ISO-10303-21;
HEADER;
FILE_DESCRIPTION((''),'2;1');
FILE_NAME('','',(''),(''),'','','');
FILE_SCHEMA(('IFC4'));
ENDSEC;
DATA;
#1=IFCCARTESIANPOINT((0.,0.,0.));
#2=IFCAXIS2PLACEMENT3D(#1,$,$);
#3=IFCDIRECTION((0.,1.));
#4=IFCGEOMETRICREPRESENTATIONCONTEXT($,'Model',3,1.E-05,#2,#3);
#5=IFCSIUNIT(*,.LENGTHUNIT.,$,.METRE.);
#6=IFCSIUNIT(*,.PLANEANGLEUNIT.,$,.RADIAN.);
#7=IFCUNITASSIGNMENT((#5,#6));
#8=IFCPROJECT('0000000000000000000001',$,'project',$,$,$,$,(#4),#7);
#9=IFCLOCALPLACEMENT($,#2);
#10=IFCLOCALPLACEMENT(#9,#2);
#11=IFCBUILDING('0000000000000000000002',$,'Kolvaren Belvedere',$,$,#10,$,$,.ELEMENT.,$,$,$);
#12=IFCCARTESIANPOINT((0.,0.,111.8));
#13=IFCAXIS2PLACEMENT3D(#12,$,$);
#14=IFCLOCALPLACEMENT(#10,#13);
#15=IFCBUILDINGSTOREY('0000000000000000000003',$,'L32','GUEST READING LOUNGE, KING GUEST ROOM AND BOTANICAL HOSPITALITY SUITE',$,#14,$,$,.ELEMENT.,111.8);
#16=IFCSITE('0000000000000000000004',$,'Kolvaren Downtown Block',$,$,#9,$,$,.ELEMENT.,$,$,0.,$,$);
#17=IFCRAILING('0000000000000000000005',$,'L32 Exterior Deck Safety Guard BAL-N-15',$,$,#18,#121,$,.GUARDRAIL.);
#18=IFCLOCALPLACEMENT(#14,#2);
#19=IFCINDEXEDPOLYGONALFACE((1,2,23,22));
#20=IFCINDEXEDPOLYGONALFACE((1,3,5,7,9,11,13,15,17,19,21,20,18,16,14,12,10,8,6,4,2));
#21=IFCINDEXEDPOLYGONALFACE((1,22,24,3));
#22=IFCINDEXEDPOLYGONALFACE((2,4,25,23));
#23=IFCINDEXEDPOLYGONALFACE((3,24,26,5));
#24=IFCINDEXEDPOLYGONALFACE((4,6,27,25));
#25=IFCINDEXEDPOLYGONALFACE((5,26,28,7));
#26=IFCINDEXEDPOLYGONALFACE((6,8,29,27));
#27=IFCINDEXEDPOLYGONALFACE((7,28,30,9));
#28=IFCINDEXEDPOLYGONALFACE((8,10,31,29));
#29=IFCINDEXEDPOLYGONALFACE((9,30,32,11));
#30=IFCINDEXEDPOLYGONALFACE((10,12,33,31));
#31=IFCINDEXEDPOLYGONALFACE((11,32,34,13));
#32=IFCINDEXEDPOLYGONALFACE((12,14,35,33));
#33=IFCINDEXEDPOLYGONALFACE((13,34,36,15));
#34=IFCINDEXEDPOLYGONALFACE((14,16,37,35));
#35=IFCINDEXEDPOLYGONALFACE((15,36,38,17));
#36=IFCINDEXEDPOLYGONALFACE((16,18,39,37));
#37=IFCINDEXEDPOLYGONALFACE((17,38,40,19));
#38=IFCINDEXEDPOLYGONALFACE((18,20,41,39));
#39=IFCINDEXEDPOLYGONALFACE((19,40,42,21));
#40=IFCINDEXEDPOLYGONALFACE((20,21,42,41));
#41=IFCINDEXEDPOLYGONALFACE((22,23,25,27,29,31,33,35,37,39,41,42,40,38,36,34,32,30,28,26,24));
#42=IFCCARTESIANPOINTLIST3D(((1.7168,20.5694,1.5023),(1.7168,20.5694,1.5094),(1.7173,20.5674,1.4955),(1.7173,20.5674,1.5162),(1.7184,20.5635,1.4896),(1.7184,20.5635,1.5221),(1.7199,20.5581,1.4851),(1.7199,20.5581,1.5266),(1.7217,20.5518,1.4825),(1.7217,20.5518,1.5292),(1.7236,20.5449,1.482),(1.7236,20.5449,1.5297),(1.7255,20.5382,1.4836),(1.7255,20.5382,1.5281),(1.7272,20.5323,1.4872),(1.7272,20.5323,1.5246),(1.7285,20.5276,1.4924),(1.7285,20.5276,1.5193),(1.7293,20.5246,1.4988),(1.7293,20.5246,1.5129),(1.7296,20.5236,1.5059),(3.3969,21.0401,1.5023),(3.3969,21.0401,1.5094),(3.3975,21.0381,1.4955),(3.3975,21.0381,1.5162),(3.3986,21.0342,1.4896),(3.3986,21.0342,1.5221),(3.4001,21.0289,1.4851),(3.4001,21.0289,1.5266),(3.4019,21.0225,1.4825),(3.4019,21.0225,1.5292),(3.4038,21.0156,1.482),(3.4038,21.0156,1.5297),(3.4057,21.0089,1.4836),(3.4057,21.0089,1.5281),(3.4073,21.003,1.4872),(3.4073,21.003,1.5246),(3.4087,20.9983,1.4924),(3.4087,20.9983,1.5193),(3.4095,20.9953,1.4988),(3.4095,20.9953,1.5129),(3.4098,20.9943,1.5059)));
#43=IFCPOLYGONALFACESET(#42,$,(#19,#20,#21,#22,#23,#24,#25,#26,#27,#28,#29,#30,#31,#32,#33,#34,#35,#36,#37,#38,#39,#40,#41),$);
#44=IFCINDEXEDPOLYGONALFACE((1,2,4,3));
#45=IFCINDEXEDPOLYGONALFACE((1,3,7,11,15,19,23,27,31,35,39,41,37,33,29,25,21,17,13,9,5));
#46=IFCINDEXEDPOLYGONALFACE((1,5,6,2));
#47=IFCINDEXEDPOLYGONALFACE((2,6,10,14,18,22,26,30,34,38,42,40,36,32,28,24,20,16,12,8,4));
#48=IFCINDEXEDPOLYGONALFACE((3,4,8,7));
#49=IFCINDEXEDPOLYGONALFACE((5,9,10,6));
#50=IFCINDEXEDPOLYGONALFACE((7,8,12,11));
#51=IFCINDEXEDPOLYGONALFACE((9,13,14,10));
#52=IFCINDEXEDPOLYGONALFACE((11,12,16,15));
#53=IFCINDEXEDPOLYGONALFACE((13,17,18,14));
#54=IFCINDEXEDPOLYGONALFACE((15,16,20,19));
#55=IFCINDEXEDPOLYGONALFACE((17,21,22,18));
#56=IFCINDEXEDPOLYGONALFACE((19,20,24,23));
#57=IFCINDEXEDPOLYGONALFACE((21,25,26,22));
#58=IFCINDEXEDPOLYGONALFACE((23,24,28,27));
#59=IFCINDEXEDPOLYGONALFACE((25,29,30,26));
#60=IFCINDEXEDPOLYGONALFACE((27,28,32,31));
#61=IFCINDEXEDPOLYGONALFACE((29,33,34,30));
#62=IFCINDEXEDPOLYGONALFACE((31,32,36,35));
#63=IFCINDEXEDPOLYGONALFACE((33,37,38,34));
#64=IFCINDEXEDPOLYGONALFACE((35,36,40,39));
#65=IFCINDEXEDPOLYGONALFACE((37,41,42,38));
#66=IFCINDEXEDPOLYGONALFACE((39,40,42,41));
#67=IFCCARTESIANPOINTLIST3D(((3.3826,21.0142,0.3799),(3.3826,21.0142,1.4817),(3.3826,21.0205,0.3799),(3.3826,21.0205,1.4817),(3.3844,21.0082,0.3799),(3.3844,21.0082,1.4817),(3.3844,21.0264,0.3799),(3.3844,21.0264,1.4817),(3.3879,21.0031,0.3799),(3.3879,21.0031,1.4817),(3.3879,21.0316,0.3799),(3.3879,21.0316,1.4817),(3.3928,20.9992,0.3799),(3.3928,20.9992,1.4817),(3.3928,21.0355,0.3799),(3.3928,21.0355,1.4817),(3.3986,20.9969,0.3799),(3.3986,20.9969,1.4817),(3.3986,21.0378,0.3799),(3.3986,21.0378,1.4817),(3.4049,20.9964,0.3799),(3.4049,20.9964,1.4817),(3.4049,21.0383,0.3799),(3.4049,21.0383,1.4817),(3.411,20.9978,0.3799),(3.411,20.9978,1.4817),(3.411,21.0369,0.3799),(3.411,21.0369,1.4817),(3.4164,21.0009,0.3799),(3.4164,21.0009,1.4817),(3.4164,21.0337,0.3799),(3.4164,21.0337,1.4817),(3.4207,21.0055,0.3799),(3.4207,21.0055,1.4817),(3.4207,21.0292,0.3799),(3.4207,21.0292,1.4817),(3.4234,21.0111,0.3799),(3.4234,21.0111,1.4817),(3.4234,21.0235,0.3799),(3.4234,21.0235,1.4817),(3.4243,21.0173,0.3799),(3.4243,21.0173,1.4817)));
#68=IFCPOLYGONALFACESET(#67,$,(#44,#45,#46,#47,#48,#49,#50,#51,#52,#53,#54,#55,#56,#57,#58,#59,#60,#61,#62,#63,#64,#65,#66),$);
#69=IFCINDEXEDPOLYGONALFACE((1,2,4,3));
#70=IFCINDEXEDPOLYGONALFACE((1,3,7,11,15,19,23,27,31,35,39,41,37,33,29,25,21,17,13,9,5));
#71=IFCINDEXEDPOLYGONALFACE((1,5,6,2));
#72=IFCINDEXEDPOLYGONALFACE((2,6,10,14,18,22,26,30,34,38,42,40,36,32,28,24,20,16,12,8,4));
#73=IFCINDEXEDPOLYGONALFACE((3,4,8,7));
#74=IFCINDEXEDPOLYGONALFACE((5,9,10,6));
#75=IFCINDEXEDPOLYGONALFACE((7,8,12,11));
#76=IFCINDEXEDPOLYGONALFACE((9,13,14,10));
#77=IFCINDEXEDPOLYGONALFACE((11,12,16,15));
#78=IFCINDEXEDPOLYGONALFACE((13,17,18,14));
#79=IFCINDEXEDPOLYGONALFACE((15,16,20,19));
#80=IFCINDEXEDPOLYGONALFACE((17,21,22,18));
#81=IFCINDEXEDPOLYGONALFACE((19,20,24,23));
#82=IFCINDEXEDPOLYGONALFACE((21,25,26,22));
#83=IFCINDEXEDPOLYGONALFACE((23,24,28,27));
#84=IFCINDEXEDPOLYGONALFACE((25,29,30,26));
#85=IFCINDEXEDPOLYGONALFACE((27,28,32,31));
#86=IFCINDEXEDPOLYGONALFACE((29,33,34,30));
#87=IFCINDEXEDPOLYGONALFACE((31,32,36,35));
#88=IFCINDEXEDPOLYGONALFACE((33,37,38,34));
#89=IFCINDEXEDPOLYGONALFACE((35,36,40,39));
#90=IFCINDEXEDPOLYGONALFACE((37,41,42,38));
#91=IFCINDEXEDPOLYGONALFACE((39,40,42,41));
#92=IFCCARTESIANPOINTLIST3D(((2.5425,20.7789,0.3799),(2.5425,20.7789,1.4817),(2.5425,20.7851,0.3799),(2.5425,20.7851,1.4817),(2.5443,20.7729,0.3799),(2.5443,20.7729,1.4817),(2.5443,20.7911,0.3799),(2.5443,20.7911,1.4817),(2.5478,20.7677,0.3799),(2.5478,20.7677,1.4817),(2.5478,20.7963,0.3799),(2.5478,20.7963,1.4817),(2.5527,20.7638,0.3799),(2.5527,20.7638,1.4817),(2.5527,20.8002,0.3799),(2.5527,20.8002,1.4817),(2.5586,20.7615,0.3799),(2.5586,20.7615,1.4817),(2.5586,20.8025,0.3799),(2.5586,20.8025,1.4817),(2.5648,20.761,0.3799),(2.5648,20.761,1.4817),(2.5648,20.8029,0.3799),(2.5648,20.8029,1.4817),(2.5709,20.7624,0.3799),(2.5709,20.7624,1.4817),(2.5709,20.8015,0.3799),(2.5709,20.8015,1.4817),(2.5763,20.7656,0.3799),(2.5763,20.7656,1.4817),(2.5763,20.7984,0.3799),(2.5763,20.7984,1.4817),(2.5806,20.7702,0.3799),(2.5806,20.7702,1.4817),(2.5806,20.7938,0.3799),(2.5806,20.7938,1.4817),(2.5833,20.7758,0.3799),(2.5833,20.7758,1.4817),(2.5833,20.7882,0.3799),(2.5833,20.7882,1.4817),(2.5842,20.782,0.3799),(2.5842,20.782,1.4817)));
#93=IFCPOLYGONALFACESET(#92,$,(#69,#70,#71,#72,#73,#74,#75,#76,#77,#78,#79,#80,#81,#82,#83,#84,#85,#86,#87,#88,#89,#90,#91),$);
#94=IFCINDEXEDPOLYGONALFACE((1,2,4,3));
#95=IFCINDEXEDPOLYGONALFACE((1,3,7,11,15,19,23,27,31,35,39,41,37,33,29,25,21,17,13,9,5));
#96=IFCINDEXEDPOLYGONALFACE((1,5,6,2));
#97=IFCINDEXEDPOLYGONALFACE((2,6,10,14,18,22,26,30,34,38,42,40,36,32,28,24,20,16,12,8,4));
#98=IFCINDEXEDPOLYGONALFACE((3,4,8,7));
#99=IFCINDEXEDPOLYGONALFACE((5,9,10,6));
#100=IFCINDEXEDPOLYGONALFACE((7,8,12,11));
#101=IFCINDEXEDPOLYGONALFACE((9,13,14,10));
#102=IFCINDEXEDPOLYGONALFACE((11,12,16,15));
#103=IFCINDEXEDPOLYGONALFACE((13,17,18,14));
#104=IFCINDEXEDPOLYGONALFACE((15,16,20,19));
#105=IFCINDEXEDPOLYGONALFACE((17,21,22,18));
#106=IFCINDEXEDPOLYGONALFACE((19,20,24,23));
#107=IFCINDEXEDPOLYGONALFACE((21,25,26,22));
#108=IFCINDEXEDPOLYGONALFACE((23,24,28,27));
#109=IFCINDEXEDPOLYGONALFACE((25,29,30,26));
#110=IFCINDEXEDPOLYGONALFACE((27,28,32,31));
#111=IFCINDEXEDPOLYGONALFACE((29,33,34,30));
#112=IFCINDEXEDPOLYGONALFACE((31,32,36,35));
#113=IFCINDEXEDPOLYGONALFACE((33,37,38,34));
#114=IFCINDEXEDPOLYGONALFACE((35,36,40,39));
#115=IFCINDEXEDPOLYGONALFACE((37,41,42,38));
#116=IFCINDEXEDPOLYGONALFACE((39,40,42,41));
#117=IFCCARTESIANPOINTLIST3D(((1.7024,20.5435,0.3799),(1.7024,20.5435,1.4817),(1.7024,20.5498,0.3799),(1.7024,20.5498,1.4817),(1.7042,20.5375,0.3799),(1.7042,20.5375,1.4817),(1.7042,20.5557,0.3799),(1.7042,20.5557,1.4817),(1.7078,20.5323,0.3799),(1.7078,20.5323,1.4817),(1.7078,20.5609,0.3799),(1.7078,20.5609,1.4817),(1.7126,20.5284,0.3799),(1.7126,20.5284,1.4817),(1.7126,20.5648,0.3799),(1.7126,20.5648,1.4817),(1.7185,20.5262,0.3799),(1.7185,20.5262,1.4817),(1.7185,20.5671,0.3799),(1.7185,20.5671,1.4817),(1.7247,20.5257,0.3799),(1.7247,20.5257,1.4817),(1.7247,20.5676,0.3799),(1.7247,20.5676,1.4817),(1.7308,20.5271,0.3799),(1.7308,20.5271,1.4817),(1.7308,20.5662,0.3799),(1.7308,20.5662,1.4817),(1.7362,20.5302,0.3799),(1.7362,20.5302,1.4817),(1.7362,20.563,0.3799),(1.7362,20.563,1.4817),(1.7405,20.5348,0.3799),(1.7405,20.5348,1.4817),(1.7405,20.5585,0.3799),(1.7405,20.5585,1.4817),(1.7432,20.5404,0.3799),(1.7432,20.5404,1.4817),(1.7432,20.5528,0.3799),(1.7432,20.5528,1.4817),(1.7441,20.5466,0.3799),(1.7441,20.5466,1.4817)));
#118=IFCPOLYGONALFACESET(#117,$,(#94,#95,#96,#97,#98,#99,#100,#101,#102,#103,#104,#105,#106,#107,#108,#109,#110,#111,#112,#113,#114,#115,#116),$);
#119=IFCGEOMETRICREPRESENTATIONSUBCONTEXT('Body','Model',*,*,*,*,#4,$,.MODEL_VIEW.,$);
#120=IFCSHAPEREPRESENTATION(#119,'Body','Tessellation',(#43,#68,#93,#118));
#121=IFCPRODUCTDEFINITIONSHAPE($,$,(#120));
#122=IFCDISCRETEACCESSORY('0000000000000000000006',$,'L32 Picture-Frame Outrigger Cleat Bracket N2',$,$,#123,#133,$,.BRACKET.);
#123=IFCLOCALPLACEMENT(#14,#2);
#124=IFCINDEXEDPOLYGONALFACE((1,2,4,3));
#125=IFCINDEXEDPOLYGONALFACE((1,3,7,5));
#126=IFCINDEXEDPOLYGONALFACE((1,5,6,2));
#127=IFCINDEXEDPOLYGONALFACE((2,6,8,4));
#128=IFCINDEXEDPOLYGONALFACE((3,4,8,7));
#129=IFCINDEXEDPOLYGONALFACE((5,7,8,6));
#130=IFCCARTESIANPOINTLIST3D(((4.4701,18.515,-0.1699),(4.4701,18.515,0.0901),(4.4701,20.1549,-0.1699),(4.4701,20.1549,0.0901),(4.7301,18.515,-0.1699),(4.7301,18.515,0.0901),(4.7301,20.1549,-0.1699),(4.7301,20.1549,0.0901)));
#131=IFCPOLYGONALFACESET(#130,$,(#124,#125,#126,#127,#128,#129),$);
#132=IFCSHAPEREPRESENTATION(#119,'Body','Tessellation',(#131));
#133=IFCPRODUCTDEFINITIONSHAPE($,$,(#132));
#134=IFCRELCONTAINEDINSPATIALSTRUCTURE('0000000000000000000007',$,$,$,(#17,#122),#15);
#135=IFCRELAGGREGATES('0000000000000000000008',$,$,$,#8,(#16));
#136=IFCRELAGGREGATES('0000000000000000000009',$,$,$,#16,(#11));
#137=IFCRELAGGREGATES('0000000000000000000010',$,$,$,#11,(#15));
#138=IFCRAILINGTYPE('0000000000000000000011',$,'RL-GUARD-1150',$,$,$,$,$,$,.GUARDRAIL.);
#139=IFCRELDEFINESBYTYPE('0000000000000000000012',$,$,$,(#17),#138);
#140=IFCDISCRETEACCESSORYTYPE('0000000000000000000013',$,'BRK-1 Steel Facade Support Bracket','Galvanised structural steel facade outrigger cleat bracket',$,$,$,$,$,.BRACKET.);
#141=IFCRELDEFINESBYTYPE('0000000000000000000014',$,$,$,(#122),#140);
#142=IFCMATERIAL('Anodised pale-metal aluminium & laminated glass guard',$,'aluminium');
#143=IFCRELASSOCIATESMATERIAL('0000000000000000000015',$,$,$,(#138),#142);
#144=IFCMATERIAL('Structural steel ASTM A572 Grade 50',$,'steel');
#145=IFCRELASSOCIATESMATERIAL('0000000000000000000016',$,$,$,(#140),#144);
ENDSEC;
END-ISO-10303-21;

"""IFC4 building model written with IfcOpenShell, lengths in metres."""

from ifc_helpers import new_model, si_unit, direction, frame, origin, origin_2d, place, context, subcontext, project, spatial, rectangle, circle, extrude, material, type_object, element, save


model = new_model("IFC4")

# Units and contexts
model_context = context("Model", 3, precision=1e-05, world=origin(), true_north=direction((0.0, 1.0)))
body_context = subcontext(model_context, "Body", "Model", "MODEL_VIEW")
ifc_project = project(units=[si_unit("LENGTHUNIT", "METRE"), si_unit("PLANEANGLEUNIT", "RADIAN")], contexts=[model_context])

# Site, building, storey
site_placement = place(None, origin())
site = spatial("IfcSite", under=ifc_project, at=site_placement, Name="Kolvaren Downtown Block", CompositionType="ELEMENT", RefElevation=0.0)
building_placement = place(site_placement, origin())
building = spatial("IfcBuilding", under=site, at=building_placement, Name="Kolvaren Belvedere", CompositionType="ELEMENT")
storey_placement = place(building_placement, frame((0.0, 0.0, 111.8)))
storey = spatial("IfcBuildingStorey", under=building, at=storey_placement, Name="L32", Description="GUEST READING LOUNGE, KING GUEST ROOM AND BOTANICAL HOSPITALITY SUITE", CompositionType="ELEMENT", Elevation=111.8)

# Railing
ifc_material_1 = material(Name="Anodised pale-metal aluminium & laminated glass guard", Category="aluminium")
railing_type = type_object("IfcRailingType", Name="RL-GUARD-1150", PredefinedType="GUARDRAIL", material=ifc_material_1)
railing_1_placement = place(storey_placement, frame((3.4033, 21.0173, 0.3799)))
element("IfcRailing", 1, at=railing_1_placement, inside=storey, type_object=railing_type, Name="L32 Exterior Deck Safety Guard BAL-N-15", PredefinedType="GUARDRAIL", context=body_context, shape_type="SweptSolid", body=[
    extrude(circle(Radius=0.0239, at=origin_2d()), frame((0.0, 0.0, 1.126), z_axis=(-0.962926, -0.269765, 0.0), x_axis=(0.269765, -0.962926, 0.0)), (0.0, 0.0, 1.0), 1.7449),
    extrude(circle(Radius=0.021, at=origin_2d()), origin(), (0.0, 0.0, 1.0), 1.1018),
    extrude(circle(Radius=0.021, at=origin_2d()), frame((-0.8401, -0.2354, 0.0)), (0.0, 0.0, 1.0), 1.1018),
    extrude(circle(Radius=0.021, at=origin_2d()), frame((-1.6802, -0.4707, 0.0)), (0.0, 0.0, 1.0), 1.1018),
])

# Discrete accessory
ifc_material_2 = material(Name="Structural steel ASTM A572 Grade 50", Category="steel")
discrete_accessory_type = type_object("IfcDiscreteAccessoryType", Name="BRK-1 Steel Facade Support Bracket", Description="Galvanised structural steel facade outrigger cleat bracket", PredefinedType="BRACKET", material=ifc_material_2)
discrete_accessory_placement = place(storey_placement, frame((4.6001, 19.335, -0.1699), z_axis=(0.0, 0.0, 1.0), x_axis=(0.0, 1.0, 0.0)))
element("IfcDiscreteAccessory", 2, at=discrete_accessory_placement, inside=storey, type_object=discrete_accessory_type, Name="L32 Picture-Frame Outrigger Cleat Bracket N2", PredefinedType="BRACKET", context=body_context, shape_type="SweptSolid", body=[
    extrude(rectangle(XDim=1.6399, YDim=0.26, at=origin_2d()), origin(), (0.0, 0.0, 1.0), 0.26),
])

save(model, "model.ifc")
